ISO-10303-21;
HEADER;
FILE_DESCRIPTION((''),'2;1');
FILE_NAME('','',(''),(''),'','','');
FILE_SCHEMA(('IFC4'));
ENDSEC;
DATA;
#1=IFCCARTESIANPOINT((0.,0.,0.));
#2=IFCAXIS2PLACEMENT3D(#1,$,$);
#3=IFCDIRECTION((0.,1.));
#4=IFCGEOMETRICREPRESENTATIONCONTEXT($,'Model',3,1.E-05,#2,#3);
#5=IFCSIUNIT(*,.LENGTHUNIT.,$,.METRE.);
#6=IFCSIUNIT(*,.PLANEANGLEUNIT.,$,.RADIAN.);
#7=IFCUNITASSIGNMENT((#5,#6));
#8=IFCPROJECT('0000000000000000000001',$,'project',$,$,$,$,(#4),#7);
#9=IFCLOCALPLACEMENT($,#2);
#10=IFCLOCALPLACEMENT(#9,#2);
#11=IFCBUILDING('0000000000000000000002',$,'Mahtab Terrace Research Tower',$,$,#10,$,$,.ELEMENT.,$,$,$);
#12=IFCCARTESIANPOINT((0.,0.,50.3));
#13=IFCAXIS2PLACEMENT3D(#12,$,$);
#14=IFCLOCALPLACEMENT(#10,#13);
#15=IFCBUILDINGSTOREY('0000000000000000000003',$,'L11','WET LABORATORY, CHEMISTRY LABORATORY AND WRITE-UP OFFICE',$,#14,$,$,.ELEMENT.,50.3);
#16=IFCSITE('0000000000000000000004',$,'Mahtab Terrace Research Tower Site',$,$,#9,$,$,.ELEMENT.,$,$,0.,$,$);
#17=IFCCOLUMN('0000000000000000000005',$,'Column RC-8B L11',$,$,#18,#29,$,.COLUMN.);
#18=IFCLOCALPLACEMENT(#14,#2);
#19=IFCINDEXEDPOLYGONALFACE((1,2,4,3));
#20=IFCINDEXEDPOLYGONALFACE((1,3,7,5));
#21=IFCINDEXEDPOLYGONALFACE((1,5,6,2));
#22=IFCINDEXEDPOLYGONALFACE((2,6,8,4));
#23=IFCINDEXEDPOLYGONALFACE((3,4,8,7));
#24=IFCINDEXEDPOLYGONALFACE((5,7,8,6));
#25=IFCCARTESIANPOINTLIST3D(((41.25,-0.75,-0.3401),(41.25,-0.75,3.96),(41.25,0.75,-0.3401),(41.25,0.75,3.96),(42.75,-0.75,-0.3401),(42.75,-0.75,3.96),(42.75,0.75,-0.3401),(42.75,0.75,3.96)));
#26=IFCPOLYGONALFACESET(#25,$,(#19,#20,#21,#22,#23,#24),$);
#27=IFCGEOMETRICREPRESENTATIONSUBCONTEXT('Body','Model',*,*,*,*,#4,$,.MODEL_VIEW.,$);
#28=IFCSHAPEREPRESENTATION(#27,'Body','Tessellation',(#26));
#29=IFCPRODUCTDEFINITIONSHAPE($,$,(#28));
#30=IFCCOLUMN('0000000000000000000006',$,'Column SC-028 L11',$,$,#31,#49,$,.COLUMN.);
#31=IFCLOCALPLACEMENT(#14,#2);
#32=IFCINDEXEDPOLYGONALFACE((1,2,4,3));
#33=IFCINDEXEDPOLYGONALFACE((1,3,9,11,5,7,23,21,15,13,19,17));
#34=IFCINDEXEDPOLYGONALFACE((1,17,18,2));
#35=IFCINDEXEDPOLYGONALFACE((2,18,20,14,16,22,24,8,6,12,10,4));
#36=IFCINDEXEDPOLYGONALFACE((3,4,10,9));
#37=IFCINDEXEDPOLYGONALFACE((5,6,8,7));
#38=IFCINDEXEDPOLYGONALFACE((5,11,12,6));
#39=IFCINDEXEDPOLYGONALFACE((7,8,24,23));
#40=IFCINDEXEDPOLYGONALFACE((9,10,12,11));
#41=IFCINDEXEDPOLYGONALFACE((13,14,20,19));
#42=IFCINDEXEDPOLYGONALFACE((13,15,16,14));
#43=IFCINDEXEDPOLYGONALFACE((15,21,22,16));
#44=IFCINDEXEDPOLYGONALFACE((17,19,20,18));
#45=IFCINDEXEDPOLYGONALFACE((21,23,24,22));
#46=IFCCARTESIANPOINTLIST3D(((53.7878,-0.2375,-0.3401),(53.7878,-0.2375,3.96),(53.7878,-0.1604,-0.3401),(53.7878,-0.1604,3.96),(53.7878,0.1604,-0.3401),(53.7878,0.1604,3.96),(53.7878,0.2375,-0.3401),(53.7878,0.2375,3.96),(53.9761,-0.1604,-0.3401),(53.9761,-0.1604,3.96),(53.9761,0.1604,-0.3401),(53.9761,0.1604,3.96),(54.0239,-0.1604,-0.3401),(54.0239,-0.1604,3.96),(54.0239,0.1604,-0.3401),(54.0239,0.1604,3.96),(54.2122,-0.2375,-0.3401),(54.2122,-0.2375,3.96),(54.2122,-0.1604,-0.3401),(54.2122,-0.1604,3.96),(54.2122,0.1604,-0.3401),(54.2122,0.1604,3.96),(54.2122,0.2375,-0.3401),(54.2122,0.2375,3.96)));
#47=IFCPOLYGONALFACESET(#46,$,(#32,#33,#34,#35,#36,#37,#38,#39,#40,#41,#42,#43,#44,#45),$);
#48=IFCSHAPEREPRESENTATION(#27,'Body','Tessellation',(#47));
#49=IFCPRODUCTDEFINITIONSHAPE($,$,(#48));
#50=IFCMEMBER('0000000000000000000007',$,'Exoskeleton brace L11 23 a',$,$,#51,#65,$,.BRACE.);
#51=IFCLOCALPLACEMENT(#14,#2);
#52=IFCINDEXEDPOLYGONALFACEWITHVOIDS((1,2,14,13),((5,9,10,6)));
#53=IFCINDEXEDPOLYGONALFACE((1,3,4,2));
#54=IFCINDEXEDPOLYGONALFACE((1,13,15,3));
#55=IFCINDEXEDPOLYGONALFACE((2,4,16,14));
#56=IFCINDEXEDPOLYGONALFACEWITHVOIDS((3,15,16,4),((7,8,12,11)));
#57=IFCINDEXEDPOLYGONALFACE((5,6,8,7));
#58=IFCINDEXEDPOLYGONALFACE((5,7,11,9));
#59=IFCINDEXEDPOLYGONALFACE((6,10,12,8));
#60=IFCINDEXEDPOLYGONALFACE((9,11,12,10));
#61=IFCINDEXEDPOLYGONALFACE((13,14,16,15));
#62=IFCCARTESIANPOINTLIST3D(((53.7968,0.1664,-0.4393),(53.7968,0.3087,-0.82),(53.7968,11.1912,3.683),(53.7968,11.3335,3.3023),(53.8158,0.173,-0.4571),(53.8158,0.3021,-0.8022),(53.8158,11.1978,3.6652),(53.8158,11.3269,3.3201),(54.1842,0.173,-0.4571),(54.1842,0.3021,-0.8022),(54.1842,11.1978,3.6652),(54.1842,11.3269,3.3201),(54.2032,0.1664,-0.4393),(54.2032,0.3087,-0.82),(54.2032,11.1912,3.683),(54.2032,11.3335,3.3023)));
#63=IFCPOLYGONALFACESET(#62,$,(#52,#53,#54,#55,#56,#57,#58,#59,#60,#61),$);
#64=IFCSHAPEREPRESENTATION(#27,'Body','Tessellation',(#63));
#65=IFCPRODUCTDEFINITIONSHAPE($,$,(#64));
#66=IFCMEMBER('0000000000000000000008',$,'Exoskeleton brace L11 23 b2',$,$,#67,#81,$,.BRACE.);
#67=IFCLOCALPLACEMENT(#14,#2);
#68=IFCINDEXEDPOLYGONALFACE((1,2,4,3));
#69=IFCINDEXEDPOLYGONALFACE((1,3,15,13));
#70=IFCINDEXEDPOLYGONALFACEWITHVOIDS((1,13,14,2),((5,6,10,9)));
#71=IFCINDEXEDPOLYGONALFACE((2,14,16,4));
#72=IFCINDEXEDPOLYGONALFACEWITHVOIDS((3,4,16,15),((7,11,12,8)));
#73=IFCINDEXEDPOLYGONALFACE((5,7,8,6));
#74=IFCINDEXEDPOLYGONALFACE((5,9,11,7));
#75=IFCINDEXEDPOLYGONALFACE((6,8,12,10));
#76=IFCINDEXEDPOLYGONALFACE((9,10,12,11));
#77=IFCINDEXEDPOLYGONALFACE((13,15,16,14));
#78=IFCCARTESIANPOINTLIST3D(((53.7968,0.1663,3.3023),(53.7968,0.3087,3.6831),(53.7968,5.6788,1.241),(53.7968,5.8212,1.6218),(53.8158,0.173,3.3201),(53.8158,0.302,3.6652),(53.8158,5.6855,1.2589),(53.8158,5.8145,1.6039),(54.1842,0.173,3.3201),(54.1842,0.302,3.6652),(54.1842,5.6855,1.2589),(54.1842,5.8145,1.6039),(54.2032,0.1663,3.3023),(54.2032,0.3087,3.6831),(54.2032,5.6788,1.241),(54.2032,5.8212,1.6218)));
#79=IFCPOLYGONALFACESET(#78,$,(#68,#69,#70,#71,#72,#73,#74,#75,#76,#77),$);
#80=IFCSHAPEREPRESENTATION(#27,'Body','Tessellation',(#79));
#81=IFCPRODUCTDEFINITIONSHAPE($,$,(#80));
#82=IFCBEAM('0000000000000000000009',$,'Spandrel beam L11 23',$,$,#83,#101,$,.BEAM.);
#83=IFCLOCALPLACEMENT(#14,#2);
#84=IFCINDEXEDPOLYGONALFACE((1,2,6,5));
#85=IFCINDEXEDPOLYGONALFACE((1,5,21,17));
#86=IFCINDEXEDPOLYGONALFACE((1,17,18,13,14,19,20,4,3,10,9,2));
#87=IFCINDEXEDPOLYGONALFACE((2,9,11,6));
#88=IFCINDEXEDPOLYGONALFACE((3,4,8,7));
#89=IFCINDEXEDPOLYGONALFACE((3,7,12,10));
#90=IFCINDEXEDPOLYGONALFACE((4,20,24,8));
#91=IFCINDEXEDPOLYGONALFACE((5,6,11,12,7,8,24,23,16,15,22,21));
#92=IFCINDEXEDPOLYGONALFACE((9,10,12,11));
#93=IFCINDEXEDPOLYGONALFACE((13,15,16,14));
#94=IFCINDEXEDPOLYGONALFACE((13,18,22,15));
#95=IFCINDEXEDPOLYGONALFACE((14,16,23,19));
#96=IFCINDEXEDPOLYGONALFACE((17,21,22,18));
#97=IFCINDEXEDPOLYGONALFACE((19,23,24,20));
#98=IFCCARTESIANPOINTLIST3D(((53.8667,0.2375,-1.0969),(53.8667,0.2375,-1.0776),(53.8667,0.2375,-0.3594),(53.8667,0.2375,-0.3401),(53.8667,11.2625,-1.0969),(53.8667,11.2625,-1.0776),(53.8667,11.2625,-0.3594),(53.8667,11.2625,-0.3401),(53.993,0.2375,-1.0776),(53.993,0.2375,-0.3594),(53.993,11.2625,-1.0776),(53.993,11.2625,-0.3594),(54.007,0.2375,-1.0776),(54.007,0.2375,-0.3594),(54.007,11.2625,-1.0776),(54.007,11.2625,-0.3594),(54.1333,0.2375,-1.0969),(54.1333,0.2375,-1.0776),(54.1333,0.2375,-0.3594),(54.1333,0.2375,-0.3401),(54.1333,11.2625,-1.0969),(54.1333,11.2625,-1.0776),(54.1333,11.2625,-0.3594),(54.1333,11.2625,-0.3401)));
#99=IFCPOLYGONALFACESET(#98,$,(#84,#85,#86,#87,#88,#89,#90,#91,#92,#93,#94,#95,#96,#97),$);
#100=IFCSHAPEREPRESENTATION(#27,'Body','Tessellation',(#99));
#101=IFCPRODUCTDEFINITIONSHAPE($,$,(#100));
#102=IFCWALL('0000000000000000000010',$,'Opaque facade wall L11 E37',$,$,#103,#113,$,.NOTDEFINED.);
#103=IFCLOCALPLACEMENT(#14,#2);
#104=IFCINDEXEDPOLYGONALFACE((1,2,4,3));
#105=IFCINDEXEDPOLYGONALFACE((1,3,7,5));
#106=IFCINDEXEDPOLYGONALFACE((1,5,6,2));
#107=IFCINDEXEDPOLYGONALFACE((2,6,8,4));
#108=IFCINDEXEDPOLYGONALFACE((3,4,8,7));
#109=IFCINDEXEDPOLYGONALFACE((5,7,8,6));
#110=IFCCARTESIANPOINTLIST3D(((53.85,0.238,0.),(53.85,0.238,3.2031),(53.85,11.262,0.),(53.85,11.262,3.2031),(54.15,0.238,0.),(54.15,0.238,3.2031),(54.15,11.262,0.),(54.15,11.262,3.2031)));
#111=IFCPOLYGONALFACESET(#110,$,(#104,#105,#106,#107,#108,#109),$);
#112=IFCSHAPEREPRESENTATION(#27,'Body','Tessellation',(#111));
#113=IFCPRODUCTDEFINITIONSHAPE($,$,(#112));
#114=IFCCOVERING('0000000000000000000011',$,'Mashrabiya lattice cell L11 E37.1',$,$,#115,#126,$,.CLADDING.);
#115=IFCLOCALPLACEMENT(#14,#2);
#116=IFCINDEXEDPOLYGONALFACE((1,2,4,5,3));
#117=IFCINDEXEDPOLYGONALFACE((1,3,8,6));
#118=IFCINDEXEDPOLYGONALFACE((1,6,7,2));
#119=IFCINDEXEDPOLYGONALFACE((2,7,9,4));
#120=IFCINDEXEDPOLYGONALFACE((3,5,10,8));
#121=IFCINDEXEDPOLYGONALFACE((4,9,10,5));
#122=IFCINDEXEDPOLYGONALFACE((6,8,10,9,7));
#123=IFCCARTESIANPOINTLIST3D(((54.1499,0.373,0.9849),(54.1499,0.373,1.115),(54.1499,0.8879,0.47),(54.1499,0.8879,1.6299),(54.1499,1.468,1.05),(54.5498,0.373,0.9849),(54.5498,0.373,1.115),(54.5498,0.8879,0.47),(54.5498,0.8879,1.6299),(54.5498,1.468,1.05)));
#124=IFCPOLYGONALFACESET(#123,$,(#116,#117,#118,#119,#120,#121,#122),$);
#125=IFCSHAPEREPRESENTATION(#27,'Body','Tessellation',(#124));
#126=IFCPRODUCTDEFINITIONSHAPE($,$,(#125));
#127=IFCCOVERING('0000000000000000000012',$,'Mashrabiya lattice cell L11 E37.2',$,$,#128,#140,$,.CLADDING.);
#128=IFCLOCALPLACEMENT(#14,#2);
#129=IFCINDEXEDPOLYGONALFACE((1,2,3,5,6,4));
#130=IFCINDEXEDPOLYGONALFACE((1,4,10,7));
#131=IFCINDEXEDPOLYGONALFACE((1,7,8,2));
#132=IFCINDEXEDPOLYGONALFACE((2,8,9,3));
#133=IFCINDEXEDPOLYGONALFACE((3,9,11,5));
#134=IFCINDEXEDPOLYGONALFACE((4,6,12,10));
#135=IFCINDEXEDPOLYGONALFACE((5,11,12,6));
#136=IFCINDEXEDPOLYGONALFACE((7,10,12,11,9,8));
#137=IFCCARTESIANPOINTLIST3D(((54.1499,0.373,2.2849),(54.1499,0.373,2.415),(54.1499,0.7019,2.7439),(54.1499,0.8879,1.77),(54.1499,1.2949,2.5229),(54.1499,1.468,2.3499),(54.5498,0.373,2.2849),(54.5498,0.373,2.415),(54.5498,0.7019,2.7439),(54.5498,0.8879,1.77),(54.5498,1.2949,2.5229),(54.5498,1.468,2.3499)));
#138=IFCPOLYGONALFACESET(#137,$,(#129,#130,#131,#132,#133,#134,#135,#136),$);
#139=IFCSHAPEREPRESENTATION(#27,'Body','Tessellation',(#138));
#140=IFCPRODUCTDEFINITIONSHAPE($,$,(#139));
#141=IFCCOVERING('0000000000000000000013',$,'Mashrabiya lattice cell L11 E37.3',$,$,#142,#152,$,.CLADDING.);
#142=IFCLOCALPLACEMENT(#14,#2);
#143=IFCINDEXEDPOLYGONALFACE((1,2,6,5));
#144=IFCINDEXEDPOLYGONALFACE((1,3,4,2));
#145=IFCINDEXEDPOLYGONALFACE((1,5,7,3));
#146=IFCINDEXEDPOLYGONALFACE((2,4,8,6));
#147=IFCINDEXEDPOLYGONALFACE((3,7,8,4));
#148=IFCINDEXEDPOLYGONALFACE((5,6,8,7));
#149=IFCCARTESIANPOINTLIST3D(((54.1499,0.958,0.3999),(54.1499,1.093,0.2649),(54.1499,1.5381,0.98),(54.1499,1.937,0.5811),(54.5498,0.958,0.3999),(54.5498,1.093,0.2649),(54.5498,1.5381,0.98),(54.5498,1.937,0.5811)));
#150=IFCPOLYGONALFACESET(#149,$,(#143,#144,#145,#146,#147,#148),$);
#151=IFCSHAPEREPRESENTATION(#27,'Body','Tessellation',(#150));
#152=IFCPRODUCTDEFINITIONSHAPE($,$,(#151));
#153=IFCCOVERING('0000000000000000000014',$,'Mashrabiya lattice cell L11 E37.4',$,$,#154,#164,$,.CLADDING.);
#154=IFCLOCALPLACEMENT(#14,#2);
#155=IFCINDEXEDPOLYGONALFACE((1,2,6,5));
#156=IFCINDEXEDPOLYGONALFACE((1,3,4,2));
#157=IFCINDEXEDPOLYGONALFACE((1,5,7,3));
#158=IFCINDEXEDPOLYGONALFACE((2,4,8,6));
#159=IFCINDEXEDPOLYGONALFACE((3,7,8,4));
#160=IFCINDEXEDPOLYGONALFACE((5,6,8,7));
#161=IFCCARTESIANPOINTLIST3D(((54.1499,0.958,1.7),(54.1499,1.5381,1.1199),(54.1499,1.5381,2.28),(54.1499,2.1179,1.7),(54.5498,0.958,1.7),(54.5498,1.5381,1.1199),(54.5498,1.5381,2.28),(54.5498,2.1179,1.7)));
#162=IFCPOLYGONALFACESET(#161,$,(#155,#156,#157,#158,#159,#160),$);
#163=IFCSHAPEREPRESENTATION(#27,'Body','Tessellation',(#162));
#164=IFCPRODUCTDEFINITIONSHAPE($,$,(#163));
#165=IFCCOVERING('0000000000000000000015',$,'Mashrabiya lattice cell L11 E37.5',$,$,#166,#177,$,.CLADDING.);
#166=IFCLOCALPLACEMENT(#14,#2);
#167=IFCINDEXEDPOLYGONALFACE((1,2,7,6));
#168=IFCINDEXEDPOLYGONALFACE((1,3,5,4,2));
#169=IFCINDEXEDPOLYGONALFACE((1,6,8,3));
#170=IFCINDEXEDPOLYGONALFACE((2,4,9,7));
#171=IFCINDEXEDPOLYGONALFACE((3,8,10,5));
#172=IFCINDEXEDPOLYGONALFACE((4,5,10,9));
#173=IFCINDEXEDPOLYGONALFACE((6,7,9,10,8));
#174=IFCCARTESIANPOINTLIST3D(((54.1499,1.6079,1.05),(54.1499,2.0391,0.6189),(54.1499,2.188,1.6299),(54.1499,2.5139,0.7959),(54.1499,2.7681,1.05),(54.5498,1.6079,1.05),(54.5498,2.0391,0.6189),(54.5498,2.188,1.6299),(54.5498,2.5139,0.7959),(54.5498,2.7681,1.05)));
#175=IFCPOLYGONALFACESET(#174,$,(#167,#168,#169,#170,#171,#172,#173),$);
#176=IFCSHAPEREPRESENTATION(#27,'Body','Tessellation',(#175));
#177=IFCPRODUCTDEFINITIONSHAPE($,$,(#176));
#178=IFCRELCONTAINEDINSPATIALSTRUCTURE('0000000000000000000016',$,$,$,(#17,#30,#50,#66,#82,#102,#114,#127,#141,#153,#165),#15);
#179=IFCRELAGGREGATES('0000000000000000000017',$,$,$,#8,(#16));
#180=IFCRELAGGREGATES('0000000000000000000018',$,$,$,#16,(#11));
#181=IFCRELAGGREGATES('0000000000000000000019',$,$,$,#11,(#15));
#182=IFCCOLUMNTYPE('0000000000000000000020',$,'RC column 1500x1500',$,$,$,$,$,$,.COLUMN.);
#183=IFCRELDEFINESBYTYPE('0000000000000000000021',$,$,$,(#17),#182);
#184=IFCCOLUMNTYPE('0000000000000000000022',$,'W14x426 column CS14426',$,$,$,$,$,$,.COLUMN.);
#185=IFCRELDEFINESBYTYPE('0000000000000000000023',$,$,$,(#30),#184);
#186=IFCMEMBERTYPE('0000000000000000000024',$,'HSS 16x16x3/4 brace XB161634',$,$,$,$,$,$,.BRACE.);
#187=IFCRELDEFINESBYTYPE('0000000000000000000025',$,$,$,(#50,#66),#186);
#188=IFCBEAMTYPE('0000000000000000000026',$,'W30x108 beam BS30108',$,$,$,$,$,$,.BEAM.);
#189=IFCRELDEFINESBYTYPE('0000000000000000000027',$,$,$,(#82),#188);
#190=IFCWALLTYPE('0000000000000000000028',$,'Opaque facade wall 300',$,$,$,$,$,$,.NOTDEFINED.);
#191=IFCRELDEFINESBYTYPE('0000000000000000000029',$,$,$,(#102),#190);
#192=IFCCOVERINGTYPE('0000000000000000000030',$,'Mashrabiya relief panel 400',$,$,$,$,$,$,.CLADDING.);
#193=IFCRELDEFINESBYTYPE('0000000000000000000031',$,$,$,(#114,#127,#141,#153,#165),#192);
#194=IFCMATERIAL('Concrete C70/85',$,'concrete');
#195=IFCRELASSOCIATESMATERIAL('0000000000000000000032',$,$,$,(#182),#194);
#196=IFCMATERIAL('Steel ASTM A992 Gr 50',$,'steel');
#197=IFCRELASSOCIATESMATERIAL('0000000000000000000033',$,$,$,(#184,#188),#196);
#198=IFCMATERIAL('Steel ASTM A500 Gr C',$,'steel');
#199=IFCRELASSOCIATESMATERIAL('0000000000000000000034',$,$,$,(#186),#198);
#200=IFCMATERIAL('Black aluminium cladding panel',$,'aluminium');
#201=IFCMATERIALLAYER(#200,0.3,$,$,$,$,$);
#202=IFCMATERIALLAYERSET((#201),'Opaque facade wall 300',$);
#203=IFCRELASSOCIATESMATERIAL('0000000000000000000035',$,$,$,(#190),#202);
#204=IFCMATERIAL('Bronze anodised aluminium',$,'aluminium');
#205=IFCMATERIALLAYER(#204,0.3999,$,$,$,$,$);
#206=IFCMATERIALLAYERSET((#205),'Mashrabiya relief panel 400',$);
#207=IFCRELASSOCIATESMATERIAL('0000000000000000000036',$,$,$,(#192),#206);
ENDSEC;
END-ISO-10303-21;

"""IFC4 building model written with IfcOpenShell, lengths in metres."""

from ifc_helpers import new_model, si_unit, direction, frame, frame_2d, origin, origin_2d, place, context, subcontext, project, spatial, polyline, rectangle, hollow_rectangle, i_section, outline, extrude, material, layer, layer_set, material_profile, profile_set, type_object, element, save


model = new_model("IFC4")

# Units and contexts
model_context = context("Model", 3, precision=1e-05, world=origin(), true_north=direction((0.0, 1.0)))
body_context = subcontext(model_context, "Body", "Model", "MODEL_VIEW")
ifc_project = project(units=[si_unit("LENGTHUNIT", "METRE"), si_unit("PLANEANGLEUNIT", "RADIAN")], contexts=[model_context])

# Site, building, storey
site_placement = place(None, origin())
site = spatial("IfcSite", under=ifc_project, at=site_placement, Name="Mahtab Terrace Research Tower Site", CompositionType="ELEMENT", RefElevation=0.0)
building_placement = place(site_placement, origin())
building = spatial("IfcBuilding", under=site, at=building_placement, Name="Mahtab Terrace Research Tower", CompositionType="ELEMENT")
storey_placement = place(building_placement, frame((0.0, 0.0, 50.3)))
storey = spatial("IfcBuildingStorey", under=building, at=storey_placement, Name="L11", Description="WET LABORATORY, CHEMISTRY LABORATORY AND WRITE-UP OFFICE", CompositionType="ELEMENT", Elevation=50.3)

# Columns
ifc_material_1 = material(Name="Concrete C70/85", Category="concrete")
ifc_material_profile_1 = material_profile(ifc_material_1, rectangle(XDim=1.5, YDim=1.5, at=origin_2d()), Name="RC column 1500x1500")
ifc_profile_set_1 = profile_set([ifc_material_profile_1], Name="Concrete C70/85")
column_type_1 = type_object("IfcColumnType", Name="RC column 1500x1500", PredefinedType="COLUMN", material=ifc_profile_set_1)
column_1_placement = place(storey_placement, frame((42.0, 0.0, -0.3401), z_axis=(0.0, 0.0, 1.0), x_axis=(1.0, 0.0, 0.0)))
element("IfcColumn", 1, at=column_1_placement, inside=storey, type_object=column_type_1, Name="Column RC-8B L11", PredefinedType="COLUMN", context=body_context, shape_type="SweptSolid", body=[
    extrude(rectangle(XDim=1.5, YDim=1.5, at=origin_2d()), origin(), (0.0, 0.0, 1.0), 4.3),
])
ifc_material_2 = material(Name="Steel ASTM A992 Gr 50", Category="steel")
ifc_material_profile_2 = material_profile(ifc_material_2, i_section(OverallWidth=0.4243, OverallDepth=0.4751, WebThickness=0.0479, FlangeThickness=0.0771, at=origin_2d()), Name="W14X426")
ifc_profile_set_2 = profile_set([ifc_material_profile_2], Name="Steel ASTM A992 Gr 50")
column_type_2 = type_object("IfcColumnType", Name="W14x426 column CS14426", PredefinedType="COLUMN", material=ifc_profile_set_2)
column_2_placement = place(storey_placement, frame((54.0, 0.0, -0.3401), z_axis=(0.0, 0.0, 1.0), x_axis=(1.0, 0.0, 0.0)))
element("IfcColumn", 2, at=column_2_placement, inside=storey, type_object=column_type_2, Name="Column SC-028 L11", PredefinedType="COLUMN", context=body_context, shape_type="SweptSolid", body=[
    extrude(i_section(OverallWidth=0.4243, OverallDepth=0.4751, WebThickness=0.0479, FlangeThickness=0.0771, at=origin_2d()), origin(), (0.0, 0.0, 1.0), 4.3),
])

# Members
ifc_material_3 = material(Name="Steel ASTM A500 Gr C", Category="steel")
ifc_material_profile_3 = material_profile(ifc_material_3, hollow_rectangle(XDim=0.4065, YDim=0.4065, WallThickness=0.019, at=origin_2d()), Name="HSS16X16X3/4")
ifc_profile_set_3 = profile_set([ifc_material_profile_3], Name="Steel ASTM A500 Gr C")
member_type = type_object("IfcMemberType", Name="HSS 16x16x3/4 brace XB161634", PredefinedType="BRACE", material=ifc_profile_set_3)
member_1_placement = place(storey_placement, frame((54.0, 0.2375, -0.6296), z_axis=(0.0, 0.936665, 0.350228), x_axis=(-1.0, 0.0, 0.0)))
element("IfcMember", 3, at=member_1_placement, inside=storey, type_object=member_type, Name="Exoskeleton brace L11 23 a", PredefinedType="BRACE", context=body_context, shape_type="SweptSolid", body=[
    extrude(hollow_rectangle(XDim=0.4065, YDim=0.4065, WallThickness=0.019, at=origin_2d()), origin(), (0.0, 0.0, 1.0), 11.7703),
])
member_2_placement = place(storey_placement, frame((54.0, 5.75, 1.4314), z_axis=(0.0, -0.936658, 0.350246), x_axis=(1.0, 0.0, 0.0)))
element("IfcMember", 4, at=member_2_placement, inside=storey, type_object=member_type, Name="Exoskeleton brace L11 23 b2", PredefinedType="BRACE", context=body_context, shape_type="SweptSolid", body=[
    extrude(hollow_rectangle(XDim=0.4065, YDim=0.4065, WallThickness=0.019, at=origin_2d()), origin(), (0.0, 0.0, 1.0), 5.8853),
])

# Beam
ifc_material_profile_4 = material_profile(ifc_material_2, i_section(OverallWidth=0.2666, OverallDepth=0.7568, WebThickness=0.0139, FlangeThickness=0.0193, at=origin_2d()), Name="W30X108")
ifc_profile_set_4 = profile_set([ifc_material_profile_4], Name="Steel ASTM A992 Gr 50")
beam_type = type_object("IfcBeamType", Name="W30x108 beam BS30108", PredefinedType="BEAM", material=ifc_profile_set_4)
beam_placement = place(storey_placement, frame((54.0, 0.2375, -0.7185), z_axis=(0.0, 1.0, 0.0), x_axis=(-1.0, 0.0, 0.0)))
element("IfcBeam", 5, at=beam_placement, inside=storey, type_object=beam_type, Name="Spandrel beam L11 23", PredefinedType="BEAM", context=body_context, shape_type="SweptSolid", body=[
    extrude(i_section(OverallWidth=0.2666, OverallDepth=0.7568, WebThickness=0.0139, FlangeThickness=0.0193, at=origin_2d()), origin(), (0.0, 0.0, 1.0), 11.0249),
])

# Wall
ifc_material_4 = material(Name="Black aluminium cladding panel", Category="aluminium")
ifc_layer_1 = layer(ifc_material_4, 0.3)
ifc_layer_set_1 = layer_set([ifc_layer_1], Name="Opaque facade wall 300")
wall_type = type_object("IfcWallType", Name="Opaque facade wall 300", PredefinedType="NOTDEFINED", material=ifc_layer_set_1)
wall_placement = place(storey_placement, frame((54.0, 0.238, 0.0), z_axis=(0.0, 0.0, 1.0), x_axis=(0.0, 1.0, 0.0)))
element("IfcWall", 6, at=wall_placement, inside=storey, type_object=wall_type, Name="Opaque facade wall L11 E37", PredefinedType="NOTDEFINED", context=body_context, shape_type="SweptSolid", body=[
    extrude(rectangle(XDim=11.0239, YDim=0.3, at=frame_2d((5.512, 0.0))), origin(), (0.0, 0.0, 1.0), 3.2031),
])

# Coverings
ifc_material_5 = material(Name="Bronze anodised aluminium", Category="aluminium")
ifc_layer_2 = layer(ifc_material_5, 0.3999)
ifc_layer_set_2 = layer_set([ifc_layer_2], Name="Mashrabiya relief panel 400")
covering_type = type_object("IfcCoveringType", Name="Mashrabiya relief panel 400", PredefinedType="CLADDING", material=ifc_layer_set_2)
covering_1_placement = place(storey_placement, frame((54.1499, 0.8879, 1.6299), z_axis=(-1.0, 0.0, 0.0), x_axis=(0.0, 0.707256, -0.706958)))
element("IfcCovering", 7, at=covering_1_placement, inside=storey, type_object=covering_type, Name="Mashrabiya lattice cell L11 E37.1", PredefinedType="CLADDING", context=body_context, shape_type="SweptSolid", body=[
    extrude(outline(polyline([(0.0, 0.0), (0.8202, 0.0), (0.82, 0.8204), (0.0918, 0.8202), (-0.0002, 0.7282), (0.0, 0.0)])), origin(), (0.0, 0.0, -1.0), 0.3999),
])
covering_2_placement = place(storey_placement, frame((54.1499, 1.468, 2.3499), z_axis=(-1.0, 0.0, 0.0), x_axis=(0.0, -0.707256, -0.706958)))
element("IfcCovering", 8, at=covering_2_placement, inside=storey, type_object=covering_type, Name="Mashrabiya lattice cell L11 E37.2", PredefinedType="CLADDING", context=body_context, shape_type="SweptSolid", body=[
    extrude(outline(polyline([(0.0, 0.0), (0.8202, 0.0), (0.8203, 0.7282), (0.7283, 0.8202), (0.2633, 0.8203), (0.0001, 0.2448), (0.0, 0.0)])), origin(), (0.0, 0.0, -1.0), 0.3999),
])
covering_3_placement = place(storey_placement, frame((54.1499, 0.958, 0.3999), z_axis=(-1.0, 0.0, 0.0), x_axis=(0.0, 0.707107, 0.707107)))
element("IfcCovering", 9, at=covering_3_placement, inside=storey, type_object=covering_type, Name="Mashrabiya lattice cell L11 E37.3", PredefinedType="CLADDING", context=body_context, shape_type="SweptSolid", body=[
    extrude(outline(polyline([(0.0, 0.0), (0.8204, 0.0), (0.8204, 0.5642), (0.0, 0.1909), (0.0, 0.0)])), origin(), (0.0, 0.0, -1.0), 0.3999),
])
covering_4_placement = place(storey_placement, frame((54.1499, 1.5381, 2.28), z_axis=(-1.0, 0.0, 0.0), x_axis=(0.0, 0.706958, -0.707256)))
element("IfcCovering", 10, at=covering_4_placement, inside=storey, type_object=covering_type, Name="Mashrabiya lattice cell L11 E37.4", PredefinedType="CLADDING", context=body_context, shape_type="SweptSolid", body=[
    extrude(outline(polyline([(0.0, 0.0), (0.8202, 0.0), (0.8205, 0.8202), (0.0002, 0.8204), (0.0, 0.0)])), origin(), (0.0, 0.0, -1.0), 0.3999),
])
covering_5_placement = place(storey_placement, frame((54.1499, 1.6079, 1.05), z_axis=(-1.0, 0.0, 0.0), x_axis=(0.0, 0.707256, 0.706958)))
element("IfcCovering", 11, at=covering_5_placement, inside=storey, type_object=covering_type, Name="Mashrabiya lattice cell L11 E37.5", PredefinedType="CLADDING", context=body_context, shape_type="SweptSolid", body=[
    extrude(outline(polyline([(0.0, 0.0), (0.8202, 0.0), (0.8205, 0.8202), (0.4611, 0.8203), (0.0001, 0.6097), (0.0, 0.0)])), origin(), (0.0, 0.0, -1.0), 0.3999),
])

save(model, "model.ifc")
